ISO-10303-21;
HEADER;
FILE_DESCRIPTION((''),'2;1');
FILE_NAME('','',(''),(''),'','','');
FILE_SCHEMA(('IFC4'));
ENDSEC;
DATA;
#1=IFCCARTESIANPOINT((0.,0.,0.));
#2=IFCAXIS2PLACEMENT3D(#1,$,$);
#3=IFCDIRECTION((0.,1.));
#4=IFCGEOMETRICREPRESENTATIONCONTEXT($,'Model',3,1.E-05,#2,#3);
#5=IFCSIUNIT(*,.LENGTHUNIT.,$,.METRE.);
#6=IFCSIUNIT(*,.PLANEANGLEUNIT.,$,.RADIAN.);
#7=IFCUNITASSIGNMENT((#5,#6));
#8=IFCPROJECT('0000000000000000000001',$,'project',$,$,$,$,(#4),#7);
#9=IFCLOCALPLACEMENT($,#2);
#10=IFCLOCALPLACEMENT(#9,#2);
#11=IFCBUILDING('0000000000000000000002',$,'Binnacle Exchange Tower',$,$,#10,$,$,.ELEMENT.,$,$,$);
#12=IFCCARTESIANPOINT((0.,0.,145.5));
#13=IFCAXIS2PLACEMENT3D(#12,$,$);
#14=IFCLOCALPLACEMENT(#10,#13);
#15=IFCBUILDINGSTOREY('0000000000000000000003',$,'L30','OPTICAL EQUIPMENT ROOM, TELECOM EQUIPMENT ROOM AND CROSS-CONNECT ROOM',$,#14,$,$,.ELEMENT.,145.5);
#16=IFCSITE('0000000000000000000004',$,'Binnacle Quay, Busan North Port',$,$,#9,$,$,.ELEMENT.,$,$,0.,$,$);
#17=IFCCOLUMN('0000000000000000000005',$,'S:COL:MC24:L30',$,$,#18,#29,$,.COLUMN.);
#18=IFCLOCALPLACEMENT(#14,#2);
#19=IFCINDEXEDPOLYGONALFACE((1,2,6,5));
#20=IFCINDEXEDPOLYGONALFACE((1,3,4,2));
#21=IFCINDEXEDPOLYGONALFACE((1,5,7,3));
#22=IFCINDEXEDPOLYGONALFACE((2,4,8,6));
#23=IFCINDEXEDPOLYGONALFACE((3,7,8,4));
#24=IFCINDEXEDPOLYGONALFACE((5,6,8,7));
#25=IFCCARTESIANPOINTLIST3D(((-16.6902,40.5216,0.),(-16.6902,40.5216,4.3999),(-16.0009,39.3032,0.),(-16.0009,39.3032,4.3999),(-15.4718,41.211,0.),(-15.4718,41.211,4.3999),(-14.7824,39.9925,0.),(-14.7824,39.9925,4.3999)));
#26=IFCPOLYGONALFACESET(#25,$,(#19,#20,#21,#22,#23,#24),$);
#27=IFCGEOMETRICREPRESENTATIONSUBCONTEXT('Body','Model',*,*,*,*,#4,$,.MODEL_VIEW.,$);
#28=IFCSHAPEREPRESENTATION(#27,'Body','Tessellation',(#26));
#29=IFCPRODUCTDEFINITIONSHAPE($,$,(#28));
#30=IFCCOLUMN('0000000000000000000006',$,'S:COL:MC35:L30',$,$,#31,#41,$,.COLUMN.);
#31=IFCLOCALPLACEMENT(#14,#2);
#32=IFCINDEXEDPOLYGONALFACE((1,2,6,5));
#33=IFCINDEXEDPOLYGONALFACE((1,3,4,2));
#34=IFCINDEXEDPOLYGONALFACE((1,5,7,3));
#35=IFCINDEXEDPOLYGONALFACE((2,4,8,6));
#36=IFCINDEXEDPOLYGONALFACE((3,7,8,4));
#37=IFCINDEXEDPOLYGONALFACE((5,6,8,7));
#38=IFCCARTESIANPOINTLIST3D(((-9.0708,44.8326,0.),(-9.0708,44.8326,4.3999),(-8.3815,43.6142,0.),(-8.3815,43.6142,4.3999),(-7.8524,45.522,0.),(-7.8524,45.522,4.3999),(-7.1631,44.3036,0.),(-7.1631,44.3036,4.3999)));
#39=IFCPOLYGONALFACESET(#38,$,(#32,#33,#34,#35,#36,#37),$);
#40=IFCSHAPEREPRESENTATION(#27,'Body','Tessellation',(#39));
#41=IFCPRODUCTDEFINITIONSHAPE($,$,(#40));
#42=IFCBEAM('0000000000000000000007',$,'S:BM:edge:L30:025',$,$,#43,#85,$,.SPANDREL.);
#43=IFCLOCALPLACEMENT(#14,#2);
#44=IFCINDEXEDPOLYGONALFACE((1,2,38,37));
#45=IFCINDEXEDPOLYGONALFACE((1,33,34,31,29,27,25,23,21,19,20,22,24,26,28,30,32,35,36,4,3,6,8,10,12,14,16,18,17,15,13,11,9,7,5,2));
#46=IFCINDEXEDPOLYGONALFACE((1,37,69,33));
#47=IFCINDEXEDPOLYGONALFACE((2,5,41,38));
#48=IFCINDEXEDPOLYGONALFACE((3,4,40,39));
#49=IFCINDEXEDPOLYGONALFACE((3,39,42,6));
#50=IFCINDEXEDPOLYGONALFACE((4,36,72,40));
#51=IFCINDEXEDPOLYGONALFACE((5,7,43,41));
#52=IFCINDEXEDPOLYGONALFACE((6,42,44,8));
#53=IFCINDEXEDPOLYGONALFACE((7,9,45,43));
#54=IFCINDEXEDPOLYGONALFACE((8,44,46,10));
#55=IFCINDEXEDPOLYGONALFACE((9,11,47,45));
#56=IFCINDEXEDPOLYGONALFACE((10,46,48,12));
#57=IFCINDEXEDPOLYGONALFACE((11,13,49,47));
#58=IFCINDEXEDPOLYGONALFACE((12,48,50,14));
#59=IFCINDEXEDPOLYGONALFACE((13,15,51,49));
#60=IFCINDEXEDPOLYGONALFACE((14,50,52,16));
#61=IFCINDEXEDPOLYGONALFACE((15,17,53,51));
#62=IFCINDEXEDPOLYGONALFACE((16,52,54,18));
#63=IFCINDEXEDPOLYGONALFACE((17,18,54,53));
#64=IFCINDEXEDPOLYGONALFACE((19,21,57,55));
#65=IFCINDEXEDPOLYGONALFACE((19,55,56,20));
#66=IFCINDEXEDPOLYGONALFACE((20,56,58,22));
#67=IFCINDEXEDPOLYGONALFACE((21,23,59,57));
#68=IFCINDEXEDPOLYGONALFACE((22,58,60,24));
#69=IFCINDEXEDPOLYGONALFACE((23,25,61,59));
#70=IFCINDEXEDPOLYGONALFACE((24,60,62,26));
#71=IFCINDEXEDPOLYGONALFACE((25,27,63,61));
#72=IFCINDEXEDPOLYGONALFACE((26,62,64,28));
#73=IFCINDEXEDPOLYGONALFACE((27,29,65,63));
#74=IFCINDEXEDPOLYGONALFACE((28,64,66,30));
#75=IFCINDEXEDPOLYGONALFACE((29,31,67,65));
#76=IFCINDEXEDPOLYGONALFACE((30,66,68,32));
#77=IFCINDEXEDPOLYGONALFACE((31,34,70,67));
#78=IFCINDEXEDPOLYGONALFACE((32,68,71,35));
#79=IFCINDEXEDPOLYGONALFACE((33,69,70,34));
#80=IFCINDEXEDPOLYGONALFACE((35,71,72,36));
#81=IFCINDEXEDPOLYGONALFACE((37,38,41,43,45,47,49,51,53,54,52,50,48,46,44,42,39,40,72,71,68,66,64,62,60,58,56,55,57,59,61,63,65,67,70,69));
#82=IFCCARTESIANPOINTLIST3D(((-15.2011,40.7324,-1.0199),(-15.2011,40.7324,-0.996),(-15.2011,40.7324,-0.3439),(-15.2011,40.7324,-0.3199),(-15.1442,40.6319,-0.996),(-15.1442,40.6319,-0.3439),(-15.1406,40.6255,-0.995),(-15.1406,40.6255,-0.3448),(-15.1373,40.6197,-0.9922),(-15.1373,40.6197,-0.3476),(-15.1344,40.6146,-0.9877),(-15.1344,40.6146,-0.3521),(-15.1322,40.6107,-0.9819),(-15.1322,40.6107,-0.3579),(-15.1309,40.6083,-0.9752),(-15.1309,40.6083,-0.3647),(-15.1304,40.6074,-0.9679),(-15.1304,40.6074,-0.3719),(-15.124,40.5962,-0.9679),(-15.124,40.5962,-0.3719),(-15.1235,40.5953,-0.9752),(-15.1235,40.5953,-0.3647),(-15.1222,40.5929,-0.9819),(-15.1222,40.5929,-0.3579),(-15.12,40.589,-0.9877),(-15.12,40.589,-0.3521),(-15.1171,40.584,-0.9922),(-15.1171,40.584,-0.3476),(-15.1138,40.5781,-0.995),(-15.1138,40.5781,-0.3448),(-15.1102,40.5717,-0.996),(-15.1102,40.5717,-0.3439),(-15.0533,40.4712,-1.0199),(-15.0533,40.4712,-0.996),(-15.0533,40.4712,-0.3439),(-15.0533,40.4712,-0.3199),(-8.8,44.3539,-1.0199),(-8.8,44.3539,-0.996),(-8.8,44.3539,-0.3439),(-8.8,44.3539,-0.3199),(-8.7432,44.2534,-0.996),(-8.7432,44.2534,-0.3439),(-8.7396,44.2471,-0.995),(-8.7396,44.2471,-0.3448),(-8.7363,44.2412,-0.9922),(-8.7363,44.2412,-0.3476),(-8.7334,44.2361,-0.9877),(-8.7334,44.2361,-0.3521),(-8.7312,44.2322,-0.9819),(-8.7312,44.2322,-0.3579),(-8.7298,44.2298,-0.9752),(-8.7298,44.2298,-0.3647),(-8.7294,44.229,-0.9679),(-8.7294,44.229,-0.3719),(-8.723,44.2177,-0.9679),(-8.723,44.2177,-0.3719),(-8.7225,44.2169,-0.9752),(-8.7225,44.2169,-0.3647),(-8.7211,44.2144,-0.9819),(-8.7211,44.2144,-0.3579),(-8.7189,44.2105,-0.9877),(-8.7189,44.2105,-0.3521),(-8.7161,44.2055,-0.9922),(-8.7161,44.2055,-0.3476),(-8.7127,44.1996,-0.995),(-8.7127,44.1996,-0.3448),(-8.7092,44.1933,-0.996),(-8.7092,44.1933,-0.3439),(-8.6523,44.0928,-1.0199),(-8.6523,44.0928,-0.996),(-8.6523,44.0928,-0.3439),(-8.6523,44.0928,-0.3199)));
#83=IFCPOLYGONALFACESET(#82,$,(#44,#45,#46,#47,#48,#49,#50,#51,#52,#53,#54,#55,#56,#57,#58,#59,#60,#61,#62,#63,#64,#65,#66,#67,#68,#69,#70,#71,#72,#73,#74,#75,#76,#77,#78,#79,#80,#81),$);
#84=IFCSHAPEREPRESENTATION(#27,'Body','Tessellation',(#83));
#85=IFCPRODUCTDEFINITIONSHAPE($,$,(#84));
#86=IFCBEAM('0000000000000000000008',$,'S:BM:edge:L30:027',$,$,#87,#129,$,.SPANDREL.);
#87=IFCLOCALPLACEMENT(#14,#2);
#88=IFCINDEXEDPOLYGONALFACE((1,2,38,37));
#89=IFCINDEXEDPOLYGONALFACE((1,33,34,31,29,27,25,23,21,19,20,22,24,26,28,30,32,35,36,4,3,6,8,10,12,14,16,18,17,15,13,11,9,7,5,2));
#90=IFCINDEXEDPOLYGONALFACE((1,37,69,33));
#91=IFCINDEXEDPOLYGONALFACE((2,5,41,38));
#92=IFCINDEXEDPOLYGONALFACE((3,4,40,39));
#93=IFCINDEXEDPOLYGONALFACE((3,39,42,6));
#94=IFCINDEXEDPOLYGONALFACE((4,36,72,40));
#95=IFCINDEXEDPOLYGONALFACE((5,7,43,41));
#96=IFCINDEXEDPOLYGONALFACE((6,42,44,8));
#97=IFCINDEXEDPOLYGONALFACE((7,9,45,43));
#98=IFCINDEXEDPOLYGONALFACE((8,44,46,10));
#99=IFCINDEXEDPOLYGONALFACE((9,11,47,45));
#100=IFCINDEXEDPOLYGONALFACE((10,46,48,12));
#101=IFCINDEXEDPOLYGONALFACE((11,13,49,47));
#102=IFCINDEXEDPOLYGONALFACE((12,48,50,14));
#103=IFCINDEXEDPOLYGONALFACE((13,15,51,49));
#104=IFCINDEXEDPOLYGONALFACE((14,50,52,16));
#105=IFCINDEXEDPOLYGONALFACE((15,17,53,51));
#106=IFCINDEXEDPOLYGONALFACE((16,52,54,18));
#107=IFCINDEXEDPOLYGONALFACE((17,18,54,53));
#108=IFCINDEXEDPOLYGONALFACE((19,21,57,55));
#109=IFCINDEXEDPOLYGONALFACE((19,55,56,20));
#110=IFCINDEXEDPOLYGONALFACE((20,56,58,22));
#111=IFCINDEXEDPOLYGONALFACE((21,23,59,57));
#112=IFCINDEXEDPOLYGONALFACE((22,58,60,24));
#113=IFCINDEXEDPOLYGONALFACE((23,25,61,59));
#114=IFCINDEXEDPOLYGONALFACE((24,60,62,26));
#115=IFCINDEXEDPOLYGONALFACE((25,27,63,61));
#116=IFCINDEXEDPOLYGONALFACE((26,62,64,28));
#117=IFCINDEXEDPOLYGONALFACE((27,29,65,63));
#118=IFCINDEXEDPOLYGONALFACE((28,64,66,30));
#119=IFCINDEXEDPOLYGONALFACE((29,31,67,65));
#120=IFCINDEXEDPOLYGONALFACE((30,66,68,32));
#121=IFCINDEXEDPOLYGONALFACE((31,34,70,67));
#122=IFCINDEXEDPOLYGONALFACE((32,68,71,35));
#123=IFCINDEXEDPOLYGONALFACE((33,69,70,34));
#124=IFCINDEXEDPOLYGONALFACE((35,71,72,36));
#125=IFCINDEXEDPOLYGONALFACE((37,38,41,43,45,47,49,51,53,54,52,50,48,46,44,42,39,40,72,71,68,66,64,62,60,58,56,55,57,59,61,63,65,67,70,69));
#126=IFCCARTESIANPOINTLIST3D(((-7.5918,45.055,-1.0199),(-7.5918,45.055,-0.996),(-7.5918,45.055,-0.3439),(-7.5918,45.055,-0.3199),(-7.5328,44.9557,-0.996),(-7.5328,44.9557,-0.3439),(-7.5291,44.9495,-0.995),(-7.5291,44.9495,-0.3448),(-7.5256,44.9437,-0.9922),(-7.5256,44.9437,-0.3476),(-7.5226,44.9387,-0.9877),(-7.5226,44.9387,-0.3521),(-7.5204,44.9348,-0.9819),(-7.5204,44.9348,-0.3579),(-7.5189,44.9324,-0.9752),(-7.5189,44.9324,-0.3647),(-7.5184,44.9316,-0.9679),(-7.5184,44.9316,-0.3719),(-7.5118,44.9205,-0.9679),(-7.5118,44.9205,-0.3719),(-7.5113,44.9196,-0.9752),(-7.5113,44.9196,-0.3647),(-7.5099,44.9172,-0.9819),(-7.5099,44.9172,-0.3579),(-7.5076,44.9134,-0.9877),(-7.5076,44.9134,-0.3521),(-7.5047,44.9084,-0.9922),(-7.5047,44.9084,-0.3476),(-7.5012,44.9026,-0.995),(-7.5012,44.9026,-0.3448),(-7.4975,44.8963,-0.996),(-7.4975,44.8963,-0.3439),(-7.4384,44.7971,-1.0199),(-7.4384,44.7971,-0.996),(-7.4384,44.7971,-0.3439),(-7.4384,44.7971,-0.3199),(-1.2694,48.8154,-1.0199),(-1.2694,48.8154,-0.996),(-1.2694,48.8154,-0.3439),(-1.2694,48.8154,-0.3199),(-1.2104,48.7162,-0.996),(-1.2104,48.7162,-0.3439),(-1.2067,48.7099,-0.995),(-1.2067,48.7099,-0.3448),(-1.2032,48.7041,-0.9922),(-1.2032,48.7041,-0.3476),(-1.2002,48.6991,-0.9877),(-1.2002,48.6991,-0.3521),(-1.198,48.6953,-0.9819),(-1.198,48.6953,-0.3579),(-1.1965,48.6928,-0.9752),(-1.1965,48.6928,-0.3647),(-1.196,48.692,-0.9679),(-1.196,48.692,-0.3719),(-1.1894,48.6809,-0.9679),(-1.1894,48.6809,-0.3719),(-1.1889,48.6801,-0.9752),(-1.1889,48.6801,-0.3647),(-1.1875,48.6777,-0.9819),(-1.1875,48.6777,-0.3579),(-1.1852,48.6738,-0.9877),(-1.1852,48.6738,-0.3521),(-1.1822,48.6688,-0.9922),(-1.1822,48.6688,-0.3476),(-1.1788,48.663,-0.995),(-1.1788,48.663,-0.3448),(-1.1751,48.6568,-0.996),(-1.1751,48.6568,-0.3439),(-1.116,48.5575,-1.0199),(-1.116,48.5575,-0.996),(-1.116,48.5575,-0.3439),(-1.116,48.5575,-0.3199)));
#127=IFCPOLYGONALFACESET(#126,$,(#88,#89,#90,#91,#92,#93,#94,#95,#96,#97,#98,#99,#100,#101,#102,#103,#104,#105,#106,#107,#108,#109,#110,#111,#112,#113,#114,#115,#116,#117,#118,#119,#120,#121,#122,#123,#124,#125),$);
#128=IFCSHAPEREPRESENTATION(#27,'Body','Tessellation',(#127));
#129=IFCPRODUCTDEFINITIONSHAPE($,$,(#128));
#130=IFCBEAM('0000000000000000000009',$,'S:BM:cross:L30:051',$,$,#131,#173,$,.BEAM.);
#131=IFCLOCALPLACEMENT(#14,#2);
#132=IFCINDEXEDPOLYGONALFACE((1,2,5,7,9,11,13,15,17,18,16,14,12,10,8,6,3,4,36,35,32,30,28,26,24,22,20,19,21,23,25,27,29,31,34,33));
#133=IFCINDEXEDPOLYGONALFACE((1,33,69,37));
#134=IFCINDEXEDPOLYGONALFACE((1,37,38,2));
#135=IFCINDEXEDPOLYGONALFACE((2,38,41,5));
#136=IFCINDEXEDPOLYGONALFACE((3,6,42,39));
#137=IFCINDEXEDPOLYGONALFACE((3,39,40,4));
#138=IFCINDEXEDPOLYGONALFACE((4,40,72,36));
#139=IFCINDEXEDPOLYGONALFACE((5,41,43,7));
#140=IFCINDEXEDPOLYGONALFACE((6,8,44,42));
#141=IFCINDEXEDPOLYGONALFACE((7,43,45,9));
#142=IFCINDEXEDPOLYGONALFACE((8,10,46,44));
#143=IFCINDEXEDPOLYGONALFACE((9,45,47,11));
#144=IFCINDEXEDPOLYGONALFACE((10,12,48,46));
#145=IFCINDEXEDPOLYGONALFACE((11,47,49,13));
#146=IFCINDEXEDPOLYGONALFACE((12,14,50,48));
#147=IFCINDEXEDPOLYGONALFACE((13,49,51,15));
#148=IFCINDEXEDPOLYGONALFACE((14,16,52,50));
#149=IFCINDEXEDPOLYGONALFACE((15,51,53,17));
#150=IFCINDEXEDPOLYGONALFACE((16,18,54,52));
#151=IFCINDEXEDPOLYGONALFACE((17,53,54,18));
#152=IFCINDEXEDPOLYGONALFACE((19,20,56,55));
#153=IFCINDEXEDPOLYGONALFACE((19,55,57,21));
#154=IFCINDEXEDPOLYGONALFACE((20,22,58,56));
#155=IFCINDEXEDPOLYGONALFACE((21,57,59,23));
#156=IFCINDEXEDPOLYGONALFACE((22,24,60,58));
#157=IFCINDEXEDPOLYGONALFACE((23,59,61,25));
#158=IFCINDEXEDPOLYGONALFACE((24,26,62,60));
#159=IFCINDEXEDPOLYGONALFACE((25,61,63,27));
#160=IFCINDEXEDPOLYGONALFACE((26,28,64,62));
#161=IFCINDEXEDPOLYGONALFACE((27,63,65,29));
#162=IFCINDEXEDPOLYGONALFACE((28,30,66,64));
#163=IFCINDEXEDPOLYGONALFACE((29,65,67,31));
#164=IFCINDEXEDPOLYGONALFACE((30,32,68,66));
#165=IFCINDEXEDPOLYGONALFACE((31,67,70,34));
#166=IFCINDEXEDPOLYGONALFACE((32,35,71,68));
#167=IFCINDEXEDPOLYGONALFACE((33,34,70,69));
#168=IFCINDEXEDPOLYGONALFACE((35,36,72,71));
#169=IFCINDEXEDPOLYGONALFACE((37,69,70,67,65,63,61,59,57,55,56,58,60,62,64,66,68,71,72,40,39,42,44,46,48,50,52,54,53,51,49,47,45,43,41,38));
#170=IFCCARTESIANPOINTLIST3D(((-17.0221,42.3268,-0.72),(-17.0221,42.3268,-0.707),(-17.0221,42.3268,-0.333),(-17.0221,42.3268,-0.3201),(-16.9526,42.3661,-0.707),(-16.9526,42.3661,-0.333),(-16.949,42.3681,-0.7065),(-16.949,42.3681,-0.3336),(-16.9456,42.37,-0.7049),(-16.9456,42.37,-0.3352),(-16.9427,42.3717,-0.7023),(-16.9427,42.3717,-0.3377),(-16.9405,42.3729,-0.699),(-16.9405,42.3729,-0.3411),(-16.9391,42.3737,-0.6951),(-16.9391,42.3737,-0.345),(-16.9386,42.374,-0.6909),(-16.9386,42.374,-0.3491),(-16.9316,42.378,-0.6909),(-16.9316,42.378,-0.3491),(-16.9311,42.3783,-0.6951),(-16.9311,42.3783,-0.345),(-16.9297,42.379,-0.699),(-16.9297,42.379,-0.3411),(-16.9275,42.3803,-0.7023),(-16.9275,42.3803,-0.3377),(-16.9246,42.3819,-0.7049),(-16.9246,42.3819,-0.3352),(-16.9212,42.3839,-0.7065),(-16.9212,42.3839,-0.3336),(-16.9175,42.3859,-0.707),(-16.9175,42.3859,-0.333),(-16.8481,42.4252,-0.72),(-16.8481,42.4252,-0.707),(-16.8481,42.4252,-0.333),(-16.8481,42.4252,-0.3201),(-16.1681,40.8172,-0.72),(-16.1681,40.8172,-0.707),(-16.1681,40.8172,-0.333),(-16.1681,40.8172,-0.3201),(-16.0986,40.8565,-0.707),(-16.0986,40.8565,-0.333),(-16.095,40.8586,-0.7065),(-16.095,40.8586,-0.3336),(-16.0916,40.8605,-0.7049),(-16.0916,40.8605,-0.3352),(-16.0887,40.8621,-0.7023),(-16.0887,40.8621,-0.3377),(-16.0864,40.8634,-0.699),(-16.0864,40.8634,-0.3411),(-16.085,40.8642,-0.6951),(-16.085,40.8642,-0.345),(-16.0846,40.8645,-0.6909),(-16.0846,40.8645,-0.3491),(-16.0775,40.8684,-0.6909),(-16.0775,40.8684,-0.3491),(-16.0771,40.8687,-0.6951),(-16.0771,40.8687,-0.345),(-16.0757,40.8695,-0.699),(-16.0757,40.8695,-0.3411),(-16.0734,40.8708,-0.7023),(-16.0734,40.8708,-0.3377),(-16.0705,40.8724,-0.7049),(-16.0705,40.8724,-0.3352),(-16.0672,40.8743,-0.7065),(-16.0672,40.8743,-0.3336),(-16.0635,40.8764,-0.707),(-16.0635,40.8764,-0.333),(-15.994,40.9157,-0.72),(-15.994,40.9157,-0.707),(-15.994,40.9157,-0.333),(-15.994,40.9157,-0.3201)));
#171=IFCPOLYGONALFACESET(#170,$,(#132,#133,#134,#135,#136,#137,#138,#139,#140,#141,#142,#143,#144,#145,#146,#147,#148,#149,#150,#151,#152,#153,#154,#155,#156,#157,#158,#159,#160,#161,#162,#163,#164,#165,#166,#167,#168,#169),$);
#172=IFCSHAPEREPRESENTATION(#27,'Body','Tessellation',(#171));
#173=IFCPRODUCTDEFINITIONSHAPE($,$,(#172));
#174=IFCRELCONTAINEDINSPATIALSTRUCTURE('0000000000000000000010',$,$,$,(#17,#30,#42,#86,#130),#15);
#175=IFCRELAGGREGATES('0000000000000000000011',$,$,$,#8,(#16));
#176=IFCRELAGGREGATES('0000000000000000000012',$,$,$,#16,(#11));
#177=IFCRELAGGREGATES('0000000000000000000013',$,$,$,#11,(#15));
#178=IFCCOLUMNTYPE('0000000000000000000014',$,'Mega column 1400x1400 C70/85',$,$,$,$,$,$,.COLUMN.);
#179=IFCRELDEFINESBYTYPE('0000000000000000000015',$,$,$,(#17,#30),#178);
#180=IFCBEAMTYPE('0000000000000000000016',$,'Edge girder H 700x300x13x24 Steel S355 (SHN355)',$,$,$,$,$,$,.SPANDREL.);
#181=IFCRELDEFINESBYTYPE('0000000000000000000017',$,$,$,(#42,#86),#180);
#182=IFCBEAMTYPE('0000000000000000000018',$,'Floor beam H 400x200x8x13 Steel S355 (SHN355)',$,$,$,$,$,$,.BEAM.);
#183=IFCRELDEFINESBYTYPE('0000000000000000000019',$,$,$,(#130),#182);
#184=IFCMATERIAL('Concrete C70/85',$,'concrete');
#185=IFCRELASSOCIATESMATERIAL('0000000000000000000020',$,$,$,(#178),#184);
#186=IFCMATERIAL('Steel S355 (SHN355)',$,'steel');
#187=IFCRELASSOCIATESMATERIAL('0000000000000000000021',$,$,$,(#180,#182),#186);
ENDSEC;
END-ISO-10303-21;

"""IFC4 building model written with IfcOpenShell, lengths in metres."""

from ifc_helpers import new_model, si_unit, direction, frame, origin, origin_2d, place, context, subcontext, project, spatial, rectangle, i_section, extrude, material, material_profile, profile_set, type_object, element, save


model = new_model("IFC4")

# Units and contexts
model_context = context("Model", 3, precision=1e-05, world=origin(), true_north=direction((0.0, 1.0)))
body_context = subcontext(model_context, "Body", "Model", "MODEL_VIEW")
ifc_project = project(units=[si_unit("LENGTHUNIT", "METRE"), si_unit("PLANEANGLEUNIT", "RADIAN")], contexts=[model_context])

# Site, building, storey
site_placement = place(None, origin())
site = spatial("IfcSite", under=ifc_project, at=site_placement, Name="Binnacle Quay, Busan North Port", CompositionType="ELEMENT", RefElevation=0.0)
building_placement = place(site_placement, origin())
building = spatial("IfcBuilding", under=site, at=building_placement, Name="Binnacle Exchange Tower", CompositionType="ELEMENT")
storey_placement = place(building_placement, frame((0.0, 0.0, 145.5)))
storey = spatial("IfcBuildingStorey", under=building, at=storey_placement, Name="L30", Description="OPTICAL EQUIPMENT ROOM, TELECOM EQUIPMENT ROOM AND CROSS-CONNECT ROOM", CompositionType="ELEMENT", Elevation=145.5)

# Columns
ifc_material_1 = material(Name="Concrete C70/85", Category="concrete")
ifc_material_profile_1 = material_profile(ifc_material_1, rectangle(XDim=1.3999, YDim=1.3999, at=origin_2d()), Name="Mega column 1400x1400 C70/85")
ifc_profile_set_1 = profile_set([ifc_material_profile_1], Name="Concrete C70/85")
column_type = type_object("IfcColumnType", Name="Mega column 1400x1400 C70/85", PredefinedType="COLUMN", material=ifc_profile_set_1)
for number, where, z_axis, x_axis, name in (
    (1, (-15.7363, 40.2571, 0.0), (0.0, 0.0, 1.0), (0.870356, 0.492424, 0.0), "S:COL:MC24:L30"),
    (2, (-8.1169, 44.5681, 0.0), (0.0, 0.0, 1.0), (0.870356, 0.492424, 0.0), "S:COL:MC35:L30"),
):
    element("IfcColumn", number, at=place(storey_placement, frame(where, z_axis=z_axis, x_axis=x_axis)), inside=storey, type_object=column_type, Name=name, PredefinedType="COLUMN", context=body_context, shape_type="SweptSolid", body=[
        extrude(rectangle(XDim=1.3999, YDim=1.3999, at=origin_2d()), origin(), (0.0, 0.0, 1.0), 4.3999),
    ])

# Beams
ifc_material_2 = material(Name="Steel S355 (SHN355)", Category="steel")
ifc_material_profile_2 = material_profile(ifc_material_2, i_section(OverallWidth=0.3, OverallDepth=0.7, WebThickness=0.0129, FlangeThickness=0.0239, FilletRadius=0.0281, at=origin_2d()), Name="H 700x300x13x24")
ifc_profile_set_2 = profile_set([ifc_material_profile_2], Name="Steel S355 (SHN355)")
beam_type_1 = type_object("IfcBeamType", Name="Edge girder H 700x300x13x24 Steel S355 (SHN355)", PredefinedType="SPANDREL", material=ifc_profile_set_2)
beam_1_placement = place(storey_placement, frame((-15.1272, 40.6018, -0.6699), z_axis=(0.870356, 0.492424, 0.0), x_axis=(-0.492424, 0.870356, 0.0)))
element("IfcBeam", 3, at=beam_1_placement, inside=storey, type_object=beam_type_1, Name="S:BM:edge:L30:025", PredefinedType="SPANDREL", context=body_context, shape_type="SweptSolid", body=[
    extrude(i_section(OverallWidth=0.3, OverallDepth=0.7, WebThickness=0.0129, FlangeThickness=0.0239, FilletRadius=0.0281, at=origin_2d()), origin(), (0.0, 0.0, 1.0), 7.3545),
])
beam_2_placement = place(storey_placement, frame((-7.5151, 44.926, -0.6699), z_axis=(0.859466, 0.511193, 0.0), x_axis=(-0.511193, 0.859466, 0.0)))
element("IfcBeam", 4, at=beam_2_placement, inside=storey, type_object=beam_type_1, Name="S:BM:edge:L30:027", PredefinedType="SPANDREL", context=body_context, shape_type="SweptSolid", body=[
    extrude(i_section(OverallWidth=0.3, OverallDepth=0.7, WebThickness=0.0129, FlangeThickness=0.0239, FilletRadius=0.0281, at=origin_2d()), origin(), (0.0, 0.0, 1.0), 7.3562),
])
ifc_material_profile_3 = material_profile(ifc_material_2, i_section(OverallWidth=0.2, OverallDepth=0.3999, WebThickness=0.0081, FlangeThickness=0.0129, FilletRadius=0.0161, at=origin_2d()), Name="H 400x200x8x13")
ifc_profile_set_3 = profile_set([ifc_material_profile_3], Name="Steel S355 (SHN355)")
beam_type_2 = type_object("IfcBeamType", Name="Floor beam H 400x200x8x13 Steel S355 (SHN355)", PredefinedType="BEAM", material=ifc_profile_set_3)
beam_3_placement = place(storey_placement, frame((-16.0811, 40.8665, -0.52), z_axis=(-0.492405, 0.870366, 0.0), x_axis=(-0.870366, -0.492405, 0.0)))
element("IfcBeam", 5, at=beam_3_placement, inside=storey, type_object=beam_type_2, Name="S:BM:cross:L30:051", PredefinedType="BEAM", context=body_context, shape_type="SweptSolid", body=[
    extrude(i_section(OverallWidth=0.2, OverallDepth=0.3999, WebThickness=0.0081, FlangeThickness=0.0129, FilletRadius=0.0161, at=origin_2d()), origin(), (0.0, 0.0, 1.0), 1.7344),
])

save(model, "model.ifc")
